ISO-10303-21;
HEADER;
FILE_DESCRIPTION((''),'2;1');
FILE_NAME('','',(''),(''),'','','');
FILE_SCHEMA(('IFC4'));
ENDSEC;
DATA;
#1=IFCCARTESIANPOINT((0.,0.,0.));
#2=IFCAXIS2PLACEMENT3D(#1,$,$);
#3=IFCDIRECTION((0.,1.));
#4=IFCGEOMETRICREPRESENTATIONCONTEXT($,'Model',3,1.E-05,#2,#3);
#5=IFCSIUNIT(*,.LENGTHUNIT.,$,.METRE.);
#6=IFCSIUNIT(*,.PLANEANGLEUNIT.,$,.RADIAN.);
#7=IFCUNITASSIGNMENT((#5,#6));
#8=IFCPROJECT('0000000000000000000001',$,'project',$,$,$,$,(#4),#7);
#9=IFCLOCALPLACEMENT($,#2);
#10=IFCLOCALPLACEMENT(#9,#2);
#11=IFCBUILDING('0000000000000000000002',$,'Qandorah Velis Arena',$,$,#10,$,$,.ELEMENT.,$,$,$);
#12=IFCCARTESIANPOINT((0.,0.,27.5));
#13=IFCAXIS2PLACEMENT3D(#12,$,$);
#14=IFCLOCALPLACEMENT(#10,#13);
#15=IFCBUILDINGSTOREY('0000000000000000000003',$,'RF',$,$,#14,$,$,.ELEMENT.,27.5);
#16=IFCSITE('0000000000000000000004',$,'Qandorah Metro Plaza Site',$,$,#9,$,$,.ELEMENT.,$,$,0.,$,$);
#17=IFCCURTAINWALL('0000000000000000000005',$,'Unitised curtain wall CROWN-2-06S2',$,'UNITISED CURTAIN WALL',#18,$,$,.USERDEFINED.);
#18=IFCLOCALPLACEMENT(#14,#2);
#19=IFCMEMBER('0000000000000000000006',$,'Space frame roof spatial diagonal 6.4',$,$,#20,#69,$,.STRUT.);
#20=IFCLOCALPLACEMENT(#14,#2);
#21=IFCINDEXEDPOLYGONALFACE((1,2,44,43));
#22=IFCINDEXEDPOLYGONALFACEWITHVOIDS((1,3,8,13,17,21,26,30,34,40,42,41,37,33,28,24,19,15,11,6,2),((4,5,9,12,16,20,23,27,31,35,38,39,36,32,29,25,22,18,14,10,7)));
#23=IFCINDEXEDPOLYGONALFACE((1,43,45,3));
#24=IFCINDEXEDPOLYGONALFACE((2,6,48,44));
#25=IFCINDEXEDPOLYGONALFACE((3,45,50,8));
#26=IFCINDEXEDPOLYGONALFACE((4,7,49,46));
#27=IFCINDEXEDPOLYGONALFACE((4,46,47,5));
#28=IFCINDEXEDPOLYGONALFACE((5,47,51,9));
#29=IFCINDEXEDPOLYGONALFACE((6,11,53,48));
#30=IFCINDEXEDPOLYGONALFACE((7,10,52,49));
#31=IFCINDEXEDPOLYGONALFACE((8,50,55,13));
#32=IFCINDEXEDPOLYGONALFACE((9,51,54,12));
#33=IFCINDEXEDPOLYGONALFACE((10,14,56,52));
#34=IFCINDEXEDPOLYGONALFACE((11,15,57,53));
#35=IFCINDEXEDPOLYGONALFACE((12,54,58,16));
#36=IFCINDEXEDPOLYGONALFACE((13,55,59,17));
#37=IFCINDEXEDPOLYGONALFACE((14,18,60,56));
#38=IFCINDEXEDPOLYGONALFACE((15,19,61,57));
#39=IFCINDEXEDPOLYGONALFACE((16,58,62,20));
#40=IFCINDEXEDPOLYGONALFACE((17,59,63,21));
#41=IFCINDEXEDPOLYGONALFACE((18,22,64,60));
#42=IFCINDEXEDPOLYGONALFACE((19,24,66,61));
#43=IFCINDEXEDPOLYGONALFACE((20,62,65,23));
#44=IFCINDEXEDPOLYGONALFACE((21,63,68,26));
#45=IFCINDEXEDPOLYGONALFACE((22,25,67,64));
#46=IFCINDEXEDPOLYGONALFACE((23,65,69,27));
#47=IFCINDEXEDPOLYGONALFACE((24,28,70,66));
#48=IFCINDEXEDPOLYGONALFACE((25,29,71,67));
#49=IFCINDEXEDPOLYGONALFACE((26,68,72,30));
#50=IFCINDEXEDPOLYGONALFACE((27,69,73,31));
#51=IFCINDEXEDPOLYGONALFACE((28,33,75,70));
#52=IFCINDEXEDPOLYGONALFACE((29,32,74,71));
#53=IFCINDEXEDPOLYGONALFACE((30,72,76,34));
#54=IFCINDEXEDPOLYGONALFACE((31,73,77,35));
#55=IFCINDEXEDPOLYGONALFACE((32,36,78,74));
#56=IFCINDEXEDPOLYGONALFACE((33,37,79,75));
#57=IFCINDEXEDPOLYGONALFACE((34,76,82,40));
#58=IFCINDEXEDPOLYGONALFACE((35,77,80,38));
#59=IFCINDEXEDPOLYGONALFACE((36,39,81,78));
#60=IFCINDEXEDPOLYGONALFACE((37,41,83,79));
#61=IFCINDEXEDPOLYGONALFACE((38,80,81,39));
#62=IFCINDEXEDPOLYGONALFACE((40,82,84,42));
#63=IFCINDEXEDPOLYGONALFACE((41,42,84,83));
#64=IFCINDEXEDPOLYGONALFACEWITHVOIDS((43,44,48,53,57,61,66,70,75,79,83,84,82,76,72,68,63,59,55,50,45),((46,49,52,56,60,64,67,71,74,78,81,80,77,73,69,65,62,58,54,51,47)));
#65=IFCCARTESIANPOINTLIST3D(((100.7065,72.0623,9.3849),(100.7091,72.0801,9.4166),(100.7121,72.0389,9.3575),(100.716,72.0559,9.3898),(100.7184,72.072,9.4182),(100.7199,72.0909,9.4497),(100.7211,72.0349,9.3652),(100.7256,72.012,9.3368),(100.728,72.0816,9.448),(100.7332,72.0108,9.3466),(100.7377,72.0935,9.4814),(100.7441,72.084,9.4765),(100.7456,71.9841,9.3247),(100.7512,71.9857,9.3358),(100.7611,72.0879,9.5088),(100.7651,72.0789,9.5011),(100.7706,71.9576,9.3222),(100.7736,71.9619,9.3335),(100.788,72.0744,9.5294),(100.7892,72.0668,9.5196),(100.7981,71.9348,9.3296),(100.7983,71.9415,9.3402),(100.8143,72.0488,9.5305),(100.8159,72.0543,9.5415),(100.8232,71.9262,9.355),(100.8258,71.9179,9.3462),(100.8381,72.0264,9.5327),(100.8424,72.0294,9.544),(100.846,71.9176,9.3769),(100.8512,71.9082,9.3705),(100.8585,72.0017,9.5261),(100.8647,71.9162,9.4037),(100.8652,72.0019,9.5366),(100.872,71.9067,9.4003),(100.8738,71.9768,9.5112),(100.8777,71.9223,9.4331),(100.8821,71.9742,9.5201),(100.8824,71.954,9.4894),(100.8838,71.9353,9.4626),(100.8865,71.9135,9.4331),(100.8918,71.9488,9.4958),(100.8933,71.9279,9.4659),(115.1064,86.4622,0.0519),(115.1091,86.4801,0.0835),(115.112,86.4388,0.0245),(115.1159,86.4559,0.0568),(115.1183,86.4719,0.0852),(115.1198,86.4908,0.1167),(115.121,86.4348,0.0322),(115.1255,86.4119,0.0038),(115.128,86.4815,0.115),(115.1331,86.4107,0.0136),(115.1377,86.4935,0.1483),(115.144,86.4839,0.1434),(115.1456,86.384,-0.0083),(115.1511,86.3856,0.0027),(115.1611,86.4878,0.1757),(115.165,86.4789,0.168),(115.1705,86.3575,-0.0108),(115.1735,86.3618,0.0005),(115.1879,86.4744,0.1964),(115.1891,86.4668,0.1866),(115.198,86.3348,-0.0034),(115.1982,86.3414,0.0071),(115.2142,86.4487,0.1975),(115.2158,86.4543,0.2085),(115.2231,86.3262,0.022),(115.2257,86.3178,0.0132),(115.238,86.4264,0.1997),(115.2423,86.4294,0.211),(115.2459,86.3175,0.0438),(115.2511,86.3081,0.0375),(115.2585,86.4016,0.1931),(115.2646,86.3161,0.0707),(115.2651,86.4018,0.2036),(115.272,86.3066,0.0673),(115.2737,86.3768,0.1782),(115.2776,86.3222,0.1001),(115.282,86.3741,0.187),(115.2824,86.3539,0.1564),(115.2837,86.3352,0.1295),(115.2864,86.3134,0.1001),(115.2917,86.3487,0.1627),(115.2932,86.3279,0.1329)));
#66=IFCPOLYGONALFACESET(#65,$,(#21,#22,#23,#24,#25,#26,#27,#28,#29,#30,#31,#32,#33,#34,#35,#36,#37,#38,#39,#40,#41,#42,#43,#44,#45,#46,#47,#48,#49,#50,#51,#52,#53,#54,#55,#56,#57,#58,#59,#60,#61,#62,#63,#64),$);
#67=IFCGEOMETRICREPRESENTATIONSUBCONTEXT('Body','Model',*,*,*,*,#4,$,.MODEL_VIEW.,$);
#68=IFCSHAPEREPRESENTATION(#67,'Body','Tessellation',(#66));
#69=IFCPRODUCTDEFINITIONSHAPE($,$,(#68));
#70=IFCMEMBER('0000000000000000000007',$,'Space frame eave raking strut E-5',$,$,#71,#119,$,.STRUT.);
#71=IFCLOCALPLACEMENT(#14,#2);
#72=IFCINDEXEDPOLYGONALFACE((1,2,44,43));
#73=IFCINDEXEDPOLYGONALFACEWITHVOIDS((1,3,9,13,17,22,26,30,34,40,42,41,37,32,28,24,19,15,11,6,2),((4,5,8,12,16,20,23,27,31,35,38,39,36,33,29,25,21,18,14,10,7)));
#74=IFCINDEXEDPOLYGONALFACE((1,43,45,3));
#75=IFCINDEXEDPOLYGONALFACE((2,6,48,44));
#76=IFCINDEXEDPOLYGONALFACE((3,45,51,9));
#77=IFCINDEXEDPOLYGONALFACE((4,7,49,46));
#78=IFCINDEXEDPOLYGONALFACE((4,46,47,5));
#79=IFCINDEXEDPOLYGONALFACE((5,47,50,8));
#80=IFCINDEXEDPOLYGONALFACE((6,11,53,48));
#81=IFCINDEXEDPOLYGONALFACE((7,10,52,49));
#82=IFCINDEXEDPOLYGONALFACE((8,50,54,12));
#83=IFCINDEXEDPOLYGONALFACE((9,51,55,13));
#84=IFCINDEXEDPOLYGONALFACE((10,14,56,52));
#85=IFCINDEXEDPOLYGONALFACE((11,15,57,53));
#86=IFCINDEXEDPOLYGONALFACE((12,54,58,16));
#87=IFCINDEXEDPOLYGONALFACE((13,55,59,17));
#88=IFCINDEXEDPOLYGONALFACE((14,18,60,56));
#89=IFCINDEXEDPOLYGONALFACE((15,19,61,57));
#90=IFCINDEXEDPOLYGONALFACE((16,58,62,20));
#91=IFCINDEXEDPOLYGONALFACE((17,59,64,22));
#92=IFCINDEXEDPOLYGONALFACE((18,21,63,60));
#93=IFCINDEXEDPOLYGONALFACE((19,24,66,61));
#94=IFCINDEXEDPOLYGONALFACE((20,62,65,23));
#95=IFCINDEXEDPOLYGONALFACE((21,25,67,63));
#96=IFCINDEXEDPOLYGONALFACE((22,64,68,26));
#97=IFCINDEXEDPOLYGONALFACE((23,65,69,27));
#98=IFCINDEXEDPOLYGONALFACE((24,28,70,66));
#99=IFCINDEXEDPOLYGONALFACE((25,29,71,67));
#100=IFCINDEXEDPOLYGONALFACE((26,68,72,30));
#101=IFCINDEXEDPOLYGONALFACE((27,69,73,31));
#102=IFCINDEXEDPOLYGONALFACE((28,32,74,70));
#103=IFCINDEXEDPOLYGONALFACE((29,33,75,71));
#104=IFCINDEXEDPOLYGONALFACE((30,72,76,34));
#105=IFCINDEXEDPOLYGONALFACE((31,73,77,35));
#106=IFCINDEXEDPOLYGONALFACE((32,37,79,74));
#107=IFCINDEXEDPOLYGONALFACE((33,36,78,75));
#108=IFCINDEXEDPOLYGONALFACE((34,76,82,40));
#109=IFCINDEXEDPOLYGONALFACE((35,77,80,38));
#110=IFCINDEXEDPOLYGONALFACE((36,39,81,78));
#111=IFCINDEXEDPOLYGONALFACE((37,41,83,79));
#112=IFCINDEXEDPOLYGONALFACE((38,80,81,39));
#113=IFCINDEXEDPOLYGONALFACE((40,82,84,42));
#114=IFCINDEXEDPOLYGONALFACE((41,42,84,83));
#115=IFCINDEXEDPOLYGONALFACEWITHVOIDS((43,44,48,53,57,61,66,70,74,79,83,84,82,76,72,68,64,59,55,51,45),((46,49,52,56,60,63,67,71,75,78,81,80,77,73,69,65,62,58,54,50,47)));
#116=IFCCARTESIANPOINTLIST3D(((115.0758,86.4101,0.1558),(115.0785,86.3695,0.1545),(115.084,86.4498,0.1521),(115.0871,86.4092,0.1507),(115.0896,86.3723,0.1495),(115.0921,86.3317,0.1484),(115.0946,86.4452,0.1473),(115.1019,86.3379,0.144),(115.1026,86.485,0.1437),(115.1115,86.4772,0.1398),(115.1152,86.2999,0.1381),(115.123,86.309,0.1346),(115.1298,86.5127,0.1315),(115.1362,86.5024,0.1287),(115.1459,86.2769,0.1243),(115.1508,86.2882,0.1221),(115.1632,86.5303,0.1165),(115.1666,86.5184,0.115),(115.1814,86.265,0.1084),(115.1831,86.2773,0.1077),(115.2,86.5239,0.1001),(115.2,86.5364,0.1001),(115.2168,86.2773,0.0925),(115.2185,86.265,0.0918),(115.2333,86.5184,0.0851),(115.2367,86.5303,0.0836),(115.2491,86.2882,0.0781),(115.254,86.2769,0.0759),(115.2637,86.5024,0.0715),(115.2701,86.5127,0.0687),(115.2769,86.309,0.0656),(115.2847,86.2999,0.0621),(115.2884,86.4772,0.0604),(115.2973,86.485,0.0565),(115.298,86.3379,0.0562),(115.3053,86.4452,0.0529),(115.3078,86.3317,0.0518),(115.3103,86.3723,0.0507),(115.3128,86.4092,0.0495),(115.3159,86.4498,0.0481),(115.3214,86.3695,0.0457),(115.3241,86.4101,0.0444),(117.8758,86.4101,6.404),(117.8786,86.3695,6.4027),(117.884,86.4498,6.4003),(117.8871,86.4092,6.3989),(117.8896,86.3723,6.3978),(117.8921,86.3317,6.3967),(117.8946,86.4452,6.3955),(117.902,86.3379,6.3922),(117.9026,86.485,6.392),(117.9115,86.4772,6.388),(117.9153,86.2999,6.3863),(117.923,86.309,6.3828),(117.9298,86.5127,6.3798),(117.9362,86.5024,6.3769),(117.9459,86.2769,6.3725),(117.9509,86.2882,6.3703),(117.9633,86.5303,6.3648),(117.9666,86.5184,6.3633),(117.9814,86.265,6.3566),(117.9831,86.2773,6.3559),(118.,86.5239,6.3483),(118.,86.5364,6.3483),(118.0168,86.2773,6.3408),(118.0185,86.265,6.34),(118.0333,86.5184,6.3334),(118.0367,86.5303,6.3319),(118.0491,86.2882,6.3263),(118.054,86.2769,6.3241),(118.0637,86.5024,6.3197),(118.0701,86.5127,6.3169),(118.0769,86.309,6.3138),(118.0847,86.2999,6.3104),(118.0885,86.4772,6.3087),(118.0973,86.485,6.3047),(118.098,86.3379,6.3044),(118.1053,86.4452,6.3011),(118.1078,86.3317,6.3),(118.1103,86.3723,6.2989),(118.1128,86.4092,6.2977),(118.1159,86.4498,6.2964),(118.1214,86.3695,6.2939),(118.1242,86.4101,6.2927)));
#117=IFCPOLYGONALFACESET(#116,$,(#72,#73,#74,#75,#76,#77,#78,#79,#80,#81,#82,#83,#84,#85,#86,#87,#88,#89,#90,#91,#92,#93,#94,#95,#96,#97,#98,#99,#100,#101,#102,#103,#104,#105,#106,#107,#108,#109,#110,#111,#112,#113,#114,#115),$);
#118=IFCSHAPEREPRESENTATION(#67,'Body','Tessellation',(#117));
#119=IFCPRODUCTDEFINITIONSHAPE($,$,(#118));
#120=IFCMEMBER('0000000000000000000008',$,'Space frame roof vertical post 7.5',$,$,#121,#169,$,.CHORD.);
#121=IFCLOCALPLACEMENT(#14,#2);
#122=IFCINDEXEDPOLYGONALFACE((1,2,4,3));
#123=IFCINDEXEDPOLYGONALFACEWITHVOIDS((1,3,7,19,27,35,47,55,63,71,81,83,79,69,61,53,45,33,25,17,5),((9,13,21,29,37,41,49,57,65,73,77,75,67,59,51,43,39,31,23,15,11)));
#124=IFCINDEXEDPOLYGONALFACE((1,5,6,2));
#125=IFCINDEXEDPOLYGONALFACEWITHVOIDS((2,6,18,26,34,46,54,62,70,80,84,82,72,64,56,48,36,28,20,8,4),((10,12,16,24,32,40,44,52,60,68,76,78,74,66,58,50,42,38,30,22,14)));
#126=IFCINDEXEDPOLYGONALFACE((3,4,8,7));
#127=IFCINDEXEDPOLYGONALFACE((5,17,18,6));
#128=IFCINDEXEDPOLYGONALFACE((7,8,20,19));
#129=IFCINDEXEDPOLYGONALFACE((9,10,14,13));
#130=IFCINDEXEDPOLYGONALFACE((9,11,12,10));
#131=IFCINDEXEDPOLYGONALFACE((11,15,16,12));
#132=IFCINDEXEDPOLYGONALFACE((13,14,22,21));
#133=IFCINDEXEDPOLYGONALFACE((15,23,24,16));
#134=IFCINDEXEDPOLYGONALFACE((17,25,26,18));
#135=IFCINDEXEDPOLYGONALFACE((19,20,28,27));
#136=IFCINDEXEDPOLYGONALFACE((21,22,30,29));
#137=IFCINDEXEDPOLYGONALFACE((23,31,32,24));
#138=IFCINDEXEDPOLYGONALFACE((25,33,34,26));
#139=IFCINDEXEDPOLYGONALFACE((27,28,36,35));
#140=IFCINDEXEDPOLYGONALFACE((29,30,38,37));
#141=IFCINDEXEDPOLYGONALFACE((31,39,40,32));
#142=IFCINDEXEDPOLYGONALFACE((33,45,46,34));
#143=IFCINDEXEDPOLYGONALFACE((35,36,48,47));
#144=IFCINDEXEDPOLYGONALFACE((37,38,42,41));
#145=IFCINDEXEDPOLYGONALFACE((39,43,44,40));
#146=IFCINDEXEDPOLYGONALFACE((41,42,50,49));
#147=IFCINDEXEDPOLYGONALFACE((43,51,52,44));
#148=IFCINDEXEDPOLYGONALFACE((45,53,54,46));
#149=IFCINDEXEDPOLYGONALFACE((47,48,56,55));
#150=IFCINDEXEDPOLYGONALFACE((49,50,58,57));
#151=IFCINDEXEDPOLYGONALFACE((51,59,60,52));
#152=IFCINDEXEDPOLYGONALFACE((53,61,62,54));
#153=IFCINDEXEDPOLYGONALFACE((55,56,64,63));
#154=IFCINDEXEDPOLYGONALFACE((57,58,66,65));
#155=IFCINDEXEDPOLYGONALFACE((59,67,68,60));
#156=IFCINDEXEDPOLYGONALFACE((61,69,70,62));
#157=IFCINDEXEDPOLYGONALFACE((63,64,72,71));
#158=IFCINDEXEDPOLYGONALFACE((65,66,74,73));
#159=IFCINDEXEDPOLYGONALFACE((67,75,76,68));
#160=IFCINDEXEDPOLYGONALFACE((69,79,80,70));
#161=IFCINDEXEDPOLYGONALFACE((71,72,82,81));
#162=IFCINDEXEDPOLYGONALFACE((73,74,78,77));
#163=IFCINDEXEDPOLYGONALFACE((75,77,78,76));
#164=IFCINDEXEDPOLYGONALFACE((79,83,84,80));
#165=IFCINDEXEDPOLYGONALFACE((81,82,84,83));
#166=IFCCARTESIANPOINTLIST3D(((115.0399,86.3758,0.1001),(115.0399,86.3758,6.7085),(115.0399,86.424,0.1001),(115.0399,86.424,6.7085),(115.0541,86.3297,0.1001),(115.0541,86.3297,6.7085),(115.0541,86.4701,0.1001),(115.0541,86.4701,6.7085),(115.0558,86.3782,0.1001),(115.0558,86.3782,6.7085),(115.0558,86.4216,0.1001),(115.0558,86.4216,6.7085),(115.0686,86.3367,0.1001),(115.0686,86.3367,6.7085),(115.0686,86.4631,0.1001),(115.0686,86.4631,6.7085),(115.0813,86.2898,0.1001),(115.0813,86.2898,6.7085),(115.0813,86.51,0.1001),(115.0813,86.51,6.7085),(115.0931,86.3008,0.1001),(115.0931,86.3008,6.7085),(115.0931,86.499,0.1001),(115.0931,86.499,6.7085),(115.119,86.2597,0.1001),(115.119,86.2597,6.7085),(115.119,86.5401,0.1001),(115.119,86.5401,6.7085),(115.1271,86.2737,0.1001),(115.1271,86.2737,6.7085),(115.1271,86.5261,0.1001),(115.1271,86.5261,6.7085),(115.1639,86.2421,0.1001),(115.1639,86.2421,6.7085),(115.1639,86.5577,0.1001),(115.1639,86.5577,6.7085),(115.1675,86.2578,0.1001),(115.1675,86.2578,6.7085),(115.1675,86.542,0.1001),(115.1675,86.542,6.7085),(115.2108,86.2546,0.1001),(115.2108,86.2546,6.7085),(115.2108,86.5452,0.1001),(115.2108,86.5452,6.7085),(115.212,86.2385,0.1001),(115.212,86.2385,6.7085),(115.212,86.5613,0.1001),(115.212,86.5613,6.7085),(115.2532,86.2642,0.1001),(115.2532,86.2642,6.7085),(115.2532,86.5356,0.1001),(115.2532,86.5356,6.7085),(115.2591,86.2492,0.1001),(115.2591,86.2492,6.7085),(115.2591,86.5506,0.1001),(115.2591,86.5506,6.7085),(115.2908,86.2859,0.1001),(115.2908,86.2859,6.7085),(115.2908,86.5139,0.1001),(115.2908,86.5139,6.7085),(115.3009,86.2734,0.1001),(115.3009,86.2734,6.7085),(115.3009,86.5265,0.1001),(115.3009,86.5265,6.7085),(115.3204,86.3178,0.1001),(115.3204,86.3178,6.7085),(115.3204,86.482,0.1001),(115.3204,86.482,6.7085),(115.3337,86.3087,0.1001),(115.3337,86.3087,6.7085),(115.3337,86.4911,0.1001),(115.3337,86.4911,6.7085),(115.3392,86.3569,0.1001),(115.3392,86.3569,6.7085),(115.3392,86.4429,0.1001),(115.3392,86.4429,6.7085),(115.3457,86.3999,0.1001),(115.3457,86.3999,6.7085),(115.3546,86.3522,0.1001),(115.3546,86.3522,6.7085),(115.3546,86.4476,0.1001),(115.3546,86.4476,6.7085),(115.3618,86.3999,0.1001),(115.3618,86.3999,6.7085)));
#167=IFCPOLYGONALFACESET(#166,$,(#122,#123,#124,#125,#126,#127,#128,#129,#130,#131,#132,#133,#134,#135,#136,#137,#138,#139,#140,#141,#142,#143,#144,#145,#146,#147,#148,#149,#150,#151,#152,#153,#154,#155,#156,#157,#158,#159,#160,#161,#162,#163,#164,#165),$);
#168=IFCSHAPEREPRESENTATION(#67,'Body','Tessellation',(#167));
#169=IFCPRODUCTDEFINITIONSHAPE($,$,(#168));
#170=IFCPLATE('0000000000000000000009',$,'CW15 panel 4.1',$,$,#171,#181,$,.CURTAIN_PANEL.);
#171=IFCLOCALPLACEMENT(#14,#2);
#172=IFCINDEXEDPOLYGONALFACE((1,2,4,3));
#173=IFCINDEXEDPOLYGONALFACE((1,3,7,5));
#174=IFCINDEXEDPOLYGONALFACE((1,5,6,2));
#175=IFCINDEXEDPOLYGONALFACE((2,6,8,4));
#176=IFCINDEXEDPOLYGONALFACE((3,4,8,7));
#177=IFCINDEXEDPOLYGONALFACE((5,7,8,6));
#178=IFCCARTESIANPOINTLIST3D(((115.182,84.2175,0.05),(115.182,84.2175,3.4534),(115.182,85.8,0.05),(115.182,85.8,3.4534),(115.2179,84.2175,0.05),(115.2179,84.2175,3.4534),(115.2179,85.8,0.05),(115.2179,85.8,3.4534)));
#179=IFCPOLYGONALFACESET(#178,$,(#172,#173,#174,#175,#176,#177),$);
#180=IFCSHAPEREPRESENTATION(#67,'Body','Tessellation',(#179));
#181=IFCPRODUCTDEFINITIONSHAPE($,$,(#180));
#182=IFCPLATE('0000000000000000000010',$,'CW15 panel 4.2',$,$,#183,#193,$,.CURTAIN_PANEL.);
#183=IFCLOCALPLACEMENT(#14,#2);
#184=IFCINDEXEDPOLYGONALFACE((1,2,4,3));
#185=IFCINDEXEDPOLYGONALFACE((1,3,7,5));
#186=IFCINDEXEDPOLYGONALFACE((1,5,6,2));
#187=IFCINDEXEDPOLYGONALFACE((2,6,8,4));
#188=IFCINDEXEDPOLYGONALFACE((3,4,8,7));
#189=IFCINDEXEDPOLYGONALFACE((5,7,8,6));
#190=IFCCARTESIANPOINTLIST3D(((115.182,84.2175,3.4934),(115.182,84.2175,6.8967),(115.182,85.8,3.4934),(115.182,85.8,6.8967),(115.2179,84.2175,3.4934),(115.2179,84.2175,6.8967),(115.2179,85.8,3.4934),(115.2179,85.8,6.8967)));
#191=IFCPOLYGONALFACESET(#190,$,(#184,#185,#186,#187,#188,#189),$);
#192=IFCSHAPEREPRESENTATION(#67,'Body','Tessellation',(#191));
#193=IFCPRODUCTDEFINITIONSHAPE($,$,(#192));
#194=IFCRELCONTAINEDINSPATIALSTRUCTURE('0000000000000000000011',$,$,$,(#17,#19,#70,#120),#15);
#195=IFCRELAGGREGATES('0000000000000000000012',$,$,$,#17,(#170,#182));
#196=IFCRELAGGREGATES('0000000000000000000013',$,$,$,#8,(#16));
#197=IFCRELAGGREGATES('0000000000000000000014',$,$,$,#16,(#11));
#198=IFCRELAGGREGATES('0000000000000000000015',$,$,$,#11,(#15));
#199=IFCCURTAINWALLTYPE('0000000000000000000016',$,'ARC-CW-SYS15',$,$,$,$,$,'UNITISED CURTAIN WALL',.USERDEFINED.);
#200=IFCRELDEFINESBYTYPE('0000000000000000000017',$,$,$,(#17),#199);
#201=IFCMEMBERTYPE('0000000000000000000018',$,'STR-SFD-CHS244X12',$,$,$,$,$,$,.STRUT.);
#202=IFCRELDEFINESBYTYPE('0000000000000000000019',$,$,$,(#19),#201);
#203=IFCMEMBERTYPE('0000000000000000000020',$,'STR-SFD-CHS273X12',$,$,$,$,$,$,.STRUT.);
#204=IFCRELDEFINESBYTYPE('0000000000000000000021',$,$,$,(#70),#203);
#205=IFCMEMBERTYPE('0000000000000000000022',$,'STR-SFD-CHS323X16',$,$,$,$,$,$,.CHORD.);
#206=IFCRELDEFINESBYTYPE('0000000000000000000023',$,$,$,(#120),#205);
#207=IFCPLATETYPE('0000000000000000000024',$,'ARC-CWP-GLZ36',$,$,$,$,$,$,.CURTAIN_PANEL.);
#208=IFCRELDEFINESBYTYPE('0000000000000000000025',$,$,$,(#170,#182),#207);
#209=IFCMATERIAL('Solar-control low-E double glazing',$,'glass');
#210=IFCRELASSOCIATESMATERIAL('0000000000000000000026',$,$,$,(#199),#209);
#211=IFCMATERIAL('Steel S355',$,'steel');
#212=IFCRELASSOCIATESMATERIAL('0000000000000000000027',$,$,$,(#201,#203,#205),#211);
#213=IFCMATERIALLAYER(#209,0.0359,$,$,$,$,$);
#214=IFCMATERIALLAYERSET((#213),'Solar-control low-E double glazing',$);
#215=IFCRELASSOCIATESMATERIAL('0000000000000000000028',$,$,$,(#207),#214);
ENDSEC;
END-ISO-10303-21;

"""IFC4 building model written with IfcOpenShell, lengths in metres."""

from ifc_helpers import new_model, si_unit, direction, frame, origin, origin_2d, place, context, subcontext, project, spatial, rectangle, hollow_circle, extrude, material, layer, layer_set, material_profile, profile_set, type_object, element, aggregate, save


model = new_model("IFC4")

# Units and contexts
model_context = context("Model", 3, precision=1e-05, world=origin(), true_north=direction((0.0, 1.0)))
body_context = subcontext(model_context, "Body", "Model", "MODEL_VIEW")
ifc_project = project(units=[si_unit("LENGTHUNIT", "METRE"), si_unit("PLANEANGLEUNIT", "RADIAN")], contexts=[model_context])

# Site, building, storey
site_placement = place(None, origin())
site = spatial("IfcSite", under=ifc_project, at=site_placement, Name="Qandorah Metro Plaza Site", CompositionType="ELEMENT", RefElevation=0.0)
building_placement = place(site_placement, origin())
building = spatial("IfcBuilding", under=site, at=building_placement, Name="Qandorah Velis Arena", CompositionType="ELEMENT")
storey_placement = place(building_placement, frame((0.0, 0.0, 27.5)))
storey = spatial("IfcBuildingStorey", under=building, at=storey_placement, Name="RF", CompositionType="ELEMENT", Elevation=27.5)

# Curtain wall
ifc_material_1 = material(Name="Solar-control low-E double glazing", Category="glass")
curtain_wall_type = type_object("IfcCurtainWallType", Name="ARC-CW-SYS15", ElementType="UNITISED CURTAIN WALL", PredefinedType="USERDEFINED", material=ifc_material_1)
curtain_wall_1_placement = place(storey_placement, origin())
curtain_wall_1 = element("IfcCurtainWall", 1, at=curtain_wall_1_placement, inside=storey, type_object=curtain_wall_type, Name="Unitised curtain wall CROWN-2-06S2", ObjectType="UNITISED CURTAIN WALL", PredefinedType="USERDEFINED")

# Shared definitions
ifc_material_2 = material(Name="Steel S355", Category="steel")

# Members
ifc_material_profile_1 = material_profile(ifc_material_2, hollow_circle(Radius=0.1223, WallThickness=0.0125, at=origin_2d()), Name="CHS 244.5x12.5")
ifc_profile_set_1 = profile_set([ifc_material_profile_1], Name="Steel S355")
member_type_1 = type_object("IfcMemberType", Name="STR-SFD-CHS244X12", PredefinedType="STRUT", material=ifc_profile_set_1)
member_1_placement = place(storey_placement, frame((115.2, 86.3999, 0.1001), z_axis=(-0.642815, -0.642815, 0.416627), x_axis=(0.707107, -0.707107, 0.0)))
element("IfcMember", 2, at=member_1_placement, inside=storey, type_object=member_type_1, Name="Space frame roof spatial diagonal 6.4", PredefinedType="STRUT", context=body_context, shape_type="SweptSolid", body=[
    extrude(hollow_circle(Radius=0.1223, WallThickness=0.0125, at=origin_2d()), origin(), (0.0, 0.0, 1.0), 22.4014),
])
ifc_material_profile_2 = material_profile(ifc_material_2, hollow_circle(Radius=0.1365, WallThickness=0.0125, at=origin_2d()), Name="CHS 273x12.5")
ifc_profile_set_2 = profile_set([ifc_material_profile_2], Name="Steel S355")
member_type_2 = type_object("IfcMemberType", Name="STR-SFD-CHS273X12", PredefinedType="STRUT", material=ifc_profile_set_2)
member_2_placement = place(storey_placement, frame((115.2, 86.3999, 0.1001), z_axis=(0.408945, 0.0, 0.912559), x_axis=(0.0, 1.0, 0.0)))
element("IfcMember", 3, at=member_2_placement, inside=storey, type_object=member_type_2, Name="Space frame eave raking strut E-5", PredefinedType="STRUT", context=body_context, shape_type="SweptSolid", body=[
    extrude(hollow_circle(Radius=0.1365, WallThickness=0.0125, at=origin_2d()), origin(), (0.0, 0.0, 1.0), 6.8469),
])
ifc_material_profile_3 = material_profile(ifc_material_2, hollow_circle(Radius=0.1619, WallThickness=0.0161, at=origin_2d()), Name="CHS 323.9x16")
ifc_profile_set_3 = profile_set([ifc_material_profile_3], Name="Steel S355")
member_type_3 = type_object("IfcMemberType", Name="STR-SFD-CHS323X16", PredefinedType="CHORD", material=ifc_profile_set_3)
member_3_placement = place(storey_placement, frame((115.2, 86.3999, 0.1001), z_axis=(0.0, 0.0, 1.0), x_axis=(1.0, 0.0, 0.0)))
element("IfcMember", 4, at=member_3_placement, inside=storey, type_object=member_type_3, Name="Space frame roof vertical post 7.5", PredefinedType="CHORD", context=body_context, shape_type="SweptSolid", body=[
    extrude(hollow_circle(Radius=0.1619, WallThickness=0.0161, at=origin_2d()), origin(), (0.0, 0.0, 1.0), 6.6084),
])

# Plates
ifc_layer_1 = layer(ifc_material_1, 0.0359)
ifc_layer_set_1 = layer_set([ifc_layer_1], Name="Solar-control low-E double glazing")
plate_type_1 = type_object("IfcPlateType", Name="ARC-CWP-GLZ36", PredefinedType="CURTAIN_PANEL", material=ifc_layer_set_1)
plate_1_placement = place(storey_placement, frame((115.2, 85.0088, 0.05), z_axis=(0.0, 0.0, 1.0), x_axis=(0.0, 1.0, 0.0)))
plate_1 = element("IfcPlate", 5, at=plate_1_placement, type_object=plate_type_1, Name="CW15 panel 4.1", PredefinedType="CURTAIN_PANEL", context=body_context, shape_type="SweptSolid", body=[
    extrude(rectangle(XDim=1.5825, YDim=0.0359, at=origin_2d()), origin(), (0.0, 0.0, 1.0), 3.4033),
])
plate_2_placement = place(storey_placement, frame((115.2, 85.0088, 3.4934), z_axis=(0.0, 0.0, 1.0), x_axis=(0.0, 1.0, 0.0)))
plate_2 = element("IfcPlate", 6, at=plate_2_placement, type_object=plate_type_1, Name="CW15 panel 4.2", PredefinedType="CURTAIN_PANEL", context=body_context, shape_type="SweptSolid", body=[
    extrude(rectangle(XDim=1.5825, YDim=0.0359, at=origin_2d()), origin(), (0.0, 0.0, 1.0), 3.4033),
])
aggregate(curtain_wall_1, [plate_1, plate_2])

save(model, "model.ifc")
